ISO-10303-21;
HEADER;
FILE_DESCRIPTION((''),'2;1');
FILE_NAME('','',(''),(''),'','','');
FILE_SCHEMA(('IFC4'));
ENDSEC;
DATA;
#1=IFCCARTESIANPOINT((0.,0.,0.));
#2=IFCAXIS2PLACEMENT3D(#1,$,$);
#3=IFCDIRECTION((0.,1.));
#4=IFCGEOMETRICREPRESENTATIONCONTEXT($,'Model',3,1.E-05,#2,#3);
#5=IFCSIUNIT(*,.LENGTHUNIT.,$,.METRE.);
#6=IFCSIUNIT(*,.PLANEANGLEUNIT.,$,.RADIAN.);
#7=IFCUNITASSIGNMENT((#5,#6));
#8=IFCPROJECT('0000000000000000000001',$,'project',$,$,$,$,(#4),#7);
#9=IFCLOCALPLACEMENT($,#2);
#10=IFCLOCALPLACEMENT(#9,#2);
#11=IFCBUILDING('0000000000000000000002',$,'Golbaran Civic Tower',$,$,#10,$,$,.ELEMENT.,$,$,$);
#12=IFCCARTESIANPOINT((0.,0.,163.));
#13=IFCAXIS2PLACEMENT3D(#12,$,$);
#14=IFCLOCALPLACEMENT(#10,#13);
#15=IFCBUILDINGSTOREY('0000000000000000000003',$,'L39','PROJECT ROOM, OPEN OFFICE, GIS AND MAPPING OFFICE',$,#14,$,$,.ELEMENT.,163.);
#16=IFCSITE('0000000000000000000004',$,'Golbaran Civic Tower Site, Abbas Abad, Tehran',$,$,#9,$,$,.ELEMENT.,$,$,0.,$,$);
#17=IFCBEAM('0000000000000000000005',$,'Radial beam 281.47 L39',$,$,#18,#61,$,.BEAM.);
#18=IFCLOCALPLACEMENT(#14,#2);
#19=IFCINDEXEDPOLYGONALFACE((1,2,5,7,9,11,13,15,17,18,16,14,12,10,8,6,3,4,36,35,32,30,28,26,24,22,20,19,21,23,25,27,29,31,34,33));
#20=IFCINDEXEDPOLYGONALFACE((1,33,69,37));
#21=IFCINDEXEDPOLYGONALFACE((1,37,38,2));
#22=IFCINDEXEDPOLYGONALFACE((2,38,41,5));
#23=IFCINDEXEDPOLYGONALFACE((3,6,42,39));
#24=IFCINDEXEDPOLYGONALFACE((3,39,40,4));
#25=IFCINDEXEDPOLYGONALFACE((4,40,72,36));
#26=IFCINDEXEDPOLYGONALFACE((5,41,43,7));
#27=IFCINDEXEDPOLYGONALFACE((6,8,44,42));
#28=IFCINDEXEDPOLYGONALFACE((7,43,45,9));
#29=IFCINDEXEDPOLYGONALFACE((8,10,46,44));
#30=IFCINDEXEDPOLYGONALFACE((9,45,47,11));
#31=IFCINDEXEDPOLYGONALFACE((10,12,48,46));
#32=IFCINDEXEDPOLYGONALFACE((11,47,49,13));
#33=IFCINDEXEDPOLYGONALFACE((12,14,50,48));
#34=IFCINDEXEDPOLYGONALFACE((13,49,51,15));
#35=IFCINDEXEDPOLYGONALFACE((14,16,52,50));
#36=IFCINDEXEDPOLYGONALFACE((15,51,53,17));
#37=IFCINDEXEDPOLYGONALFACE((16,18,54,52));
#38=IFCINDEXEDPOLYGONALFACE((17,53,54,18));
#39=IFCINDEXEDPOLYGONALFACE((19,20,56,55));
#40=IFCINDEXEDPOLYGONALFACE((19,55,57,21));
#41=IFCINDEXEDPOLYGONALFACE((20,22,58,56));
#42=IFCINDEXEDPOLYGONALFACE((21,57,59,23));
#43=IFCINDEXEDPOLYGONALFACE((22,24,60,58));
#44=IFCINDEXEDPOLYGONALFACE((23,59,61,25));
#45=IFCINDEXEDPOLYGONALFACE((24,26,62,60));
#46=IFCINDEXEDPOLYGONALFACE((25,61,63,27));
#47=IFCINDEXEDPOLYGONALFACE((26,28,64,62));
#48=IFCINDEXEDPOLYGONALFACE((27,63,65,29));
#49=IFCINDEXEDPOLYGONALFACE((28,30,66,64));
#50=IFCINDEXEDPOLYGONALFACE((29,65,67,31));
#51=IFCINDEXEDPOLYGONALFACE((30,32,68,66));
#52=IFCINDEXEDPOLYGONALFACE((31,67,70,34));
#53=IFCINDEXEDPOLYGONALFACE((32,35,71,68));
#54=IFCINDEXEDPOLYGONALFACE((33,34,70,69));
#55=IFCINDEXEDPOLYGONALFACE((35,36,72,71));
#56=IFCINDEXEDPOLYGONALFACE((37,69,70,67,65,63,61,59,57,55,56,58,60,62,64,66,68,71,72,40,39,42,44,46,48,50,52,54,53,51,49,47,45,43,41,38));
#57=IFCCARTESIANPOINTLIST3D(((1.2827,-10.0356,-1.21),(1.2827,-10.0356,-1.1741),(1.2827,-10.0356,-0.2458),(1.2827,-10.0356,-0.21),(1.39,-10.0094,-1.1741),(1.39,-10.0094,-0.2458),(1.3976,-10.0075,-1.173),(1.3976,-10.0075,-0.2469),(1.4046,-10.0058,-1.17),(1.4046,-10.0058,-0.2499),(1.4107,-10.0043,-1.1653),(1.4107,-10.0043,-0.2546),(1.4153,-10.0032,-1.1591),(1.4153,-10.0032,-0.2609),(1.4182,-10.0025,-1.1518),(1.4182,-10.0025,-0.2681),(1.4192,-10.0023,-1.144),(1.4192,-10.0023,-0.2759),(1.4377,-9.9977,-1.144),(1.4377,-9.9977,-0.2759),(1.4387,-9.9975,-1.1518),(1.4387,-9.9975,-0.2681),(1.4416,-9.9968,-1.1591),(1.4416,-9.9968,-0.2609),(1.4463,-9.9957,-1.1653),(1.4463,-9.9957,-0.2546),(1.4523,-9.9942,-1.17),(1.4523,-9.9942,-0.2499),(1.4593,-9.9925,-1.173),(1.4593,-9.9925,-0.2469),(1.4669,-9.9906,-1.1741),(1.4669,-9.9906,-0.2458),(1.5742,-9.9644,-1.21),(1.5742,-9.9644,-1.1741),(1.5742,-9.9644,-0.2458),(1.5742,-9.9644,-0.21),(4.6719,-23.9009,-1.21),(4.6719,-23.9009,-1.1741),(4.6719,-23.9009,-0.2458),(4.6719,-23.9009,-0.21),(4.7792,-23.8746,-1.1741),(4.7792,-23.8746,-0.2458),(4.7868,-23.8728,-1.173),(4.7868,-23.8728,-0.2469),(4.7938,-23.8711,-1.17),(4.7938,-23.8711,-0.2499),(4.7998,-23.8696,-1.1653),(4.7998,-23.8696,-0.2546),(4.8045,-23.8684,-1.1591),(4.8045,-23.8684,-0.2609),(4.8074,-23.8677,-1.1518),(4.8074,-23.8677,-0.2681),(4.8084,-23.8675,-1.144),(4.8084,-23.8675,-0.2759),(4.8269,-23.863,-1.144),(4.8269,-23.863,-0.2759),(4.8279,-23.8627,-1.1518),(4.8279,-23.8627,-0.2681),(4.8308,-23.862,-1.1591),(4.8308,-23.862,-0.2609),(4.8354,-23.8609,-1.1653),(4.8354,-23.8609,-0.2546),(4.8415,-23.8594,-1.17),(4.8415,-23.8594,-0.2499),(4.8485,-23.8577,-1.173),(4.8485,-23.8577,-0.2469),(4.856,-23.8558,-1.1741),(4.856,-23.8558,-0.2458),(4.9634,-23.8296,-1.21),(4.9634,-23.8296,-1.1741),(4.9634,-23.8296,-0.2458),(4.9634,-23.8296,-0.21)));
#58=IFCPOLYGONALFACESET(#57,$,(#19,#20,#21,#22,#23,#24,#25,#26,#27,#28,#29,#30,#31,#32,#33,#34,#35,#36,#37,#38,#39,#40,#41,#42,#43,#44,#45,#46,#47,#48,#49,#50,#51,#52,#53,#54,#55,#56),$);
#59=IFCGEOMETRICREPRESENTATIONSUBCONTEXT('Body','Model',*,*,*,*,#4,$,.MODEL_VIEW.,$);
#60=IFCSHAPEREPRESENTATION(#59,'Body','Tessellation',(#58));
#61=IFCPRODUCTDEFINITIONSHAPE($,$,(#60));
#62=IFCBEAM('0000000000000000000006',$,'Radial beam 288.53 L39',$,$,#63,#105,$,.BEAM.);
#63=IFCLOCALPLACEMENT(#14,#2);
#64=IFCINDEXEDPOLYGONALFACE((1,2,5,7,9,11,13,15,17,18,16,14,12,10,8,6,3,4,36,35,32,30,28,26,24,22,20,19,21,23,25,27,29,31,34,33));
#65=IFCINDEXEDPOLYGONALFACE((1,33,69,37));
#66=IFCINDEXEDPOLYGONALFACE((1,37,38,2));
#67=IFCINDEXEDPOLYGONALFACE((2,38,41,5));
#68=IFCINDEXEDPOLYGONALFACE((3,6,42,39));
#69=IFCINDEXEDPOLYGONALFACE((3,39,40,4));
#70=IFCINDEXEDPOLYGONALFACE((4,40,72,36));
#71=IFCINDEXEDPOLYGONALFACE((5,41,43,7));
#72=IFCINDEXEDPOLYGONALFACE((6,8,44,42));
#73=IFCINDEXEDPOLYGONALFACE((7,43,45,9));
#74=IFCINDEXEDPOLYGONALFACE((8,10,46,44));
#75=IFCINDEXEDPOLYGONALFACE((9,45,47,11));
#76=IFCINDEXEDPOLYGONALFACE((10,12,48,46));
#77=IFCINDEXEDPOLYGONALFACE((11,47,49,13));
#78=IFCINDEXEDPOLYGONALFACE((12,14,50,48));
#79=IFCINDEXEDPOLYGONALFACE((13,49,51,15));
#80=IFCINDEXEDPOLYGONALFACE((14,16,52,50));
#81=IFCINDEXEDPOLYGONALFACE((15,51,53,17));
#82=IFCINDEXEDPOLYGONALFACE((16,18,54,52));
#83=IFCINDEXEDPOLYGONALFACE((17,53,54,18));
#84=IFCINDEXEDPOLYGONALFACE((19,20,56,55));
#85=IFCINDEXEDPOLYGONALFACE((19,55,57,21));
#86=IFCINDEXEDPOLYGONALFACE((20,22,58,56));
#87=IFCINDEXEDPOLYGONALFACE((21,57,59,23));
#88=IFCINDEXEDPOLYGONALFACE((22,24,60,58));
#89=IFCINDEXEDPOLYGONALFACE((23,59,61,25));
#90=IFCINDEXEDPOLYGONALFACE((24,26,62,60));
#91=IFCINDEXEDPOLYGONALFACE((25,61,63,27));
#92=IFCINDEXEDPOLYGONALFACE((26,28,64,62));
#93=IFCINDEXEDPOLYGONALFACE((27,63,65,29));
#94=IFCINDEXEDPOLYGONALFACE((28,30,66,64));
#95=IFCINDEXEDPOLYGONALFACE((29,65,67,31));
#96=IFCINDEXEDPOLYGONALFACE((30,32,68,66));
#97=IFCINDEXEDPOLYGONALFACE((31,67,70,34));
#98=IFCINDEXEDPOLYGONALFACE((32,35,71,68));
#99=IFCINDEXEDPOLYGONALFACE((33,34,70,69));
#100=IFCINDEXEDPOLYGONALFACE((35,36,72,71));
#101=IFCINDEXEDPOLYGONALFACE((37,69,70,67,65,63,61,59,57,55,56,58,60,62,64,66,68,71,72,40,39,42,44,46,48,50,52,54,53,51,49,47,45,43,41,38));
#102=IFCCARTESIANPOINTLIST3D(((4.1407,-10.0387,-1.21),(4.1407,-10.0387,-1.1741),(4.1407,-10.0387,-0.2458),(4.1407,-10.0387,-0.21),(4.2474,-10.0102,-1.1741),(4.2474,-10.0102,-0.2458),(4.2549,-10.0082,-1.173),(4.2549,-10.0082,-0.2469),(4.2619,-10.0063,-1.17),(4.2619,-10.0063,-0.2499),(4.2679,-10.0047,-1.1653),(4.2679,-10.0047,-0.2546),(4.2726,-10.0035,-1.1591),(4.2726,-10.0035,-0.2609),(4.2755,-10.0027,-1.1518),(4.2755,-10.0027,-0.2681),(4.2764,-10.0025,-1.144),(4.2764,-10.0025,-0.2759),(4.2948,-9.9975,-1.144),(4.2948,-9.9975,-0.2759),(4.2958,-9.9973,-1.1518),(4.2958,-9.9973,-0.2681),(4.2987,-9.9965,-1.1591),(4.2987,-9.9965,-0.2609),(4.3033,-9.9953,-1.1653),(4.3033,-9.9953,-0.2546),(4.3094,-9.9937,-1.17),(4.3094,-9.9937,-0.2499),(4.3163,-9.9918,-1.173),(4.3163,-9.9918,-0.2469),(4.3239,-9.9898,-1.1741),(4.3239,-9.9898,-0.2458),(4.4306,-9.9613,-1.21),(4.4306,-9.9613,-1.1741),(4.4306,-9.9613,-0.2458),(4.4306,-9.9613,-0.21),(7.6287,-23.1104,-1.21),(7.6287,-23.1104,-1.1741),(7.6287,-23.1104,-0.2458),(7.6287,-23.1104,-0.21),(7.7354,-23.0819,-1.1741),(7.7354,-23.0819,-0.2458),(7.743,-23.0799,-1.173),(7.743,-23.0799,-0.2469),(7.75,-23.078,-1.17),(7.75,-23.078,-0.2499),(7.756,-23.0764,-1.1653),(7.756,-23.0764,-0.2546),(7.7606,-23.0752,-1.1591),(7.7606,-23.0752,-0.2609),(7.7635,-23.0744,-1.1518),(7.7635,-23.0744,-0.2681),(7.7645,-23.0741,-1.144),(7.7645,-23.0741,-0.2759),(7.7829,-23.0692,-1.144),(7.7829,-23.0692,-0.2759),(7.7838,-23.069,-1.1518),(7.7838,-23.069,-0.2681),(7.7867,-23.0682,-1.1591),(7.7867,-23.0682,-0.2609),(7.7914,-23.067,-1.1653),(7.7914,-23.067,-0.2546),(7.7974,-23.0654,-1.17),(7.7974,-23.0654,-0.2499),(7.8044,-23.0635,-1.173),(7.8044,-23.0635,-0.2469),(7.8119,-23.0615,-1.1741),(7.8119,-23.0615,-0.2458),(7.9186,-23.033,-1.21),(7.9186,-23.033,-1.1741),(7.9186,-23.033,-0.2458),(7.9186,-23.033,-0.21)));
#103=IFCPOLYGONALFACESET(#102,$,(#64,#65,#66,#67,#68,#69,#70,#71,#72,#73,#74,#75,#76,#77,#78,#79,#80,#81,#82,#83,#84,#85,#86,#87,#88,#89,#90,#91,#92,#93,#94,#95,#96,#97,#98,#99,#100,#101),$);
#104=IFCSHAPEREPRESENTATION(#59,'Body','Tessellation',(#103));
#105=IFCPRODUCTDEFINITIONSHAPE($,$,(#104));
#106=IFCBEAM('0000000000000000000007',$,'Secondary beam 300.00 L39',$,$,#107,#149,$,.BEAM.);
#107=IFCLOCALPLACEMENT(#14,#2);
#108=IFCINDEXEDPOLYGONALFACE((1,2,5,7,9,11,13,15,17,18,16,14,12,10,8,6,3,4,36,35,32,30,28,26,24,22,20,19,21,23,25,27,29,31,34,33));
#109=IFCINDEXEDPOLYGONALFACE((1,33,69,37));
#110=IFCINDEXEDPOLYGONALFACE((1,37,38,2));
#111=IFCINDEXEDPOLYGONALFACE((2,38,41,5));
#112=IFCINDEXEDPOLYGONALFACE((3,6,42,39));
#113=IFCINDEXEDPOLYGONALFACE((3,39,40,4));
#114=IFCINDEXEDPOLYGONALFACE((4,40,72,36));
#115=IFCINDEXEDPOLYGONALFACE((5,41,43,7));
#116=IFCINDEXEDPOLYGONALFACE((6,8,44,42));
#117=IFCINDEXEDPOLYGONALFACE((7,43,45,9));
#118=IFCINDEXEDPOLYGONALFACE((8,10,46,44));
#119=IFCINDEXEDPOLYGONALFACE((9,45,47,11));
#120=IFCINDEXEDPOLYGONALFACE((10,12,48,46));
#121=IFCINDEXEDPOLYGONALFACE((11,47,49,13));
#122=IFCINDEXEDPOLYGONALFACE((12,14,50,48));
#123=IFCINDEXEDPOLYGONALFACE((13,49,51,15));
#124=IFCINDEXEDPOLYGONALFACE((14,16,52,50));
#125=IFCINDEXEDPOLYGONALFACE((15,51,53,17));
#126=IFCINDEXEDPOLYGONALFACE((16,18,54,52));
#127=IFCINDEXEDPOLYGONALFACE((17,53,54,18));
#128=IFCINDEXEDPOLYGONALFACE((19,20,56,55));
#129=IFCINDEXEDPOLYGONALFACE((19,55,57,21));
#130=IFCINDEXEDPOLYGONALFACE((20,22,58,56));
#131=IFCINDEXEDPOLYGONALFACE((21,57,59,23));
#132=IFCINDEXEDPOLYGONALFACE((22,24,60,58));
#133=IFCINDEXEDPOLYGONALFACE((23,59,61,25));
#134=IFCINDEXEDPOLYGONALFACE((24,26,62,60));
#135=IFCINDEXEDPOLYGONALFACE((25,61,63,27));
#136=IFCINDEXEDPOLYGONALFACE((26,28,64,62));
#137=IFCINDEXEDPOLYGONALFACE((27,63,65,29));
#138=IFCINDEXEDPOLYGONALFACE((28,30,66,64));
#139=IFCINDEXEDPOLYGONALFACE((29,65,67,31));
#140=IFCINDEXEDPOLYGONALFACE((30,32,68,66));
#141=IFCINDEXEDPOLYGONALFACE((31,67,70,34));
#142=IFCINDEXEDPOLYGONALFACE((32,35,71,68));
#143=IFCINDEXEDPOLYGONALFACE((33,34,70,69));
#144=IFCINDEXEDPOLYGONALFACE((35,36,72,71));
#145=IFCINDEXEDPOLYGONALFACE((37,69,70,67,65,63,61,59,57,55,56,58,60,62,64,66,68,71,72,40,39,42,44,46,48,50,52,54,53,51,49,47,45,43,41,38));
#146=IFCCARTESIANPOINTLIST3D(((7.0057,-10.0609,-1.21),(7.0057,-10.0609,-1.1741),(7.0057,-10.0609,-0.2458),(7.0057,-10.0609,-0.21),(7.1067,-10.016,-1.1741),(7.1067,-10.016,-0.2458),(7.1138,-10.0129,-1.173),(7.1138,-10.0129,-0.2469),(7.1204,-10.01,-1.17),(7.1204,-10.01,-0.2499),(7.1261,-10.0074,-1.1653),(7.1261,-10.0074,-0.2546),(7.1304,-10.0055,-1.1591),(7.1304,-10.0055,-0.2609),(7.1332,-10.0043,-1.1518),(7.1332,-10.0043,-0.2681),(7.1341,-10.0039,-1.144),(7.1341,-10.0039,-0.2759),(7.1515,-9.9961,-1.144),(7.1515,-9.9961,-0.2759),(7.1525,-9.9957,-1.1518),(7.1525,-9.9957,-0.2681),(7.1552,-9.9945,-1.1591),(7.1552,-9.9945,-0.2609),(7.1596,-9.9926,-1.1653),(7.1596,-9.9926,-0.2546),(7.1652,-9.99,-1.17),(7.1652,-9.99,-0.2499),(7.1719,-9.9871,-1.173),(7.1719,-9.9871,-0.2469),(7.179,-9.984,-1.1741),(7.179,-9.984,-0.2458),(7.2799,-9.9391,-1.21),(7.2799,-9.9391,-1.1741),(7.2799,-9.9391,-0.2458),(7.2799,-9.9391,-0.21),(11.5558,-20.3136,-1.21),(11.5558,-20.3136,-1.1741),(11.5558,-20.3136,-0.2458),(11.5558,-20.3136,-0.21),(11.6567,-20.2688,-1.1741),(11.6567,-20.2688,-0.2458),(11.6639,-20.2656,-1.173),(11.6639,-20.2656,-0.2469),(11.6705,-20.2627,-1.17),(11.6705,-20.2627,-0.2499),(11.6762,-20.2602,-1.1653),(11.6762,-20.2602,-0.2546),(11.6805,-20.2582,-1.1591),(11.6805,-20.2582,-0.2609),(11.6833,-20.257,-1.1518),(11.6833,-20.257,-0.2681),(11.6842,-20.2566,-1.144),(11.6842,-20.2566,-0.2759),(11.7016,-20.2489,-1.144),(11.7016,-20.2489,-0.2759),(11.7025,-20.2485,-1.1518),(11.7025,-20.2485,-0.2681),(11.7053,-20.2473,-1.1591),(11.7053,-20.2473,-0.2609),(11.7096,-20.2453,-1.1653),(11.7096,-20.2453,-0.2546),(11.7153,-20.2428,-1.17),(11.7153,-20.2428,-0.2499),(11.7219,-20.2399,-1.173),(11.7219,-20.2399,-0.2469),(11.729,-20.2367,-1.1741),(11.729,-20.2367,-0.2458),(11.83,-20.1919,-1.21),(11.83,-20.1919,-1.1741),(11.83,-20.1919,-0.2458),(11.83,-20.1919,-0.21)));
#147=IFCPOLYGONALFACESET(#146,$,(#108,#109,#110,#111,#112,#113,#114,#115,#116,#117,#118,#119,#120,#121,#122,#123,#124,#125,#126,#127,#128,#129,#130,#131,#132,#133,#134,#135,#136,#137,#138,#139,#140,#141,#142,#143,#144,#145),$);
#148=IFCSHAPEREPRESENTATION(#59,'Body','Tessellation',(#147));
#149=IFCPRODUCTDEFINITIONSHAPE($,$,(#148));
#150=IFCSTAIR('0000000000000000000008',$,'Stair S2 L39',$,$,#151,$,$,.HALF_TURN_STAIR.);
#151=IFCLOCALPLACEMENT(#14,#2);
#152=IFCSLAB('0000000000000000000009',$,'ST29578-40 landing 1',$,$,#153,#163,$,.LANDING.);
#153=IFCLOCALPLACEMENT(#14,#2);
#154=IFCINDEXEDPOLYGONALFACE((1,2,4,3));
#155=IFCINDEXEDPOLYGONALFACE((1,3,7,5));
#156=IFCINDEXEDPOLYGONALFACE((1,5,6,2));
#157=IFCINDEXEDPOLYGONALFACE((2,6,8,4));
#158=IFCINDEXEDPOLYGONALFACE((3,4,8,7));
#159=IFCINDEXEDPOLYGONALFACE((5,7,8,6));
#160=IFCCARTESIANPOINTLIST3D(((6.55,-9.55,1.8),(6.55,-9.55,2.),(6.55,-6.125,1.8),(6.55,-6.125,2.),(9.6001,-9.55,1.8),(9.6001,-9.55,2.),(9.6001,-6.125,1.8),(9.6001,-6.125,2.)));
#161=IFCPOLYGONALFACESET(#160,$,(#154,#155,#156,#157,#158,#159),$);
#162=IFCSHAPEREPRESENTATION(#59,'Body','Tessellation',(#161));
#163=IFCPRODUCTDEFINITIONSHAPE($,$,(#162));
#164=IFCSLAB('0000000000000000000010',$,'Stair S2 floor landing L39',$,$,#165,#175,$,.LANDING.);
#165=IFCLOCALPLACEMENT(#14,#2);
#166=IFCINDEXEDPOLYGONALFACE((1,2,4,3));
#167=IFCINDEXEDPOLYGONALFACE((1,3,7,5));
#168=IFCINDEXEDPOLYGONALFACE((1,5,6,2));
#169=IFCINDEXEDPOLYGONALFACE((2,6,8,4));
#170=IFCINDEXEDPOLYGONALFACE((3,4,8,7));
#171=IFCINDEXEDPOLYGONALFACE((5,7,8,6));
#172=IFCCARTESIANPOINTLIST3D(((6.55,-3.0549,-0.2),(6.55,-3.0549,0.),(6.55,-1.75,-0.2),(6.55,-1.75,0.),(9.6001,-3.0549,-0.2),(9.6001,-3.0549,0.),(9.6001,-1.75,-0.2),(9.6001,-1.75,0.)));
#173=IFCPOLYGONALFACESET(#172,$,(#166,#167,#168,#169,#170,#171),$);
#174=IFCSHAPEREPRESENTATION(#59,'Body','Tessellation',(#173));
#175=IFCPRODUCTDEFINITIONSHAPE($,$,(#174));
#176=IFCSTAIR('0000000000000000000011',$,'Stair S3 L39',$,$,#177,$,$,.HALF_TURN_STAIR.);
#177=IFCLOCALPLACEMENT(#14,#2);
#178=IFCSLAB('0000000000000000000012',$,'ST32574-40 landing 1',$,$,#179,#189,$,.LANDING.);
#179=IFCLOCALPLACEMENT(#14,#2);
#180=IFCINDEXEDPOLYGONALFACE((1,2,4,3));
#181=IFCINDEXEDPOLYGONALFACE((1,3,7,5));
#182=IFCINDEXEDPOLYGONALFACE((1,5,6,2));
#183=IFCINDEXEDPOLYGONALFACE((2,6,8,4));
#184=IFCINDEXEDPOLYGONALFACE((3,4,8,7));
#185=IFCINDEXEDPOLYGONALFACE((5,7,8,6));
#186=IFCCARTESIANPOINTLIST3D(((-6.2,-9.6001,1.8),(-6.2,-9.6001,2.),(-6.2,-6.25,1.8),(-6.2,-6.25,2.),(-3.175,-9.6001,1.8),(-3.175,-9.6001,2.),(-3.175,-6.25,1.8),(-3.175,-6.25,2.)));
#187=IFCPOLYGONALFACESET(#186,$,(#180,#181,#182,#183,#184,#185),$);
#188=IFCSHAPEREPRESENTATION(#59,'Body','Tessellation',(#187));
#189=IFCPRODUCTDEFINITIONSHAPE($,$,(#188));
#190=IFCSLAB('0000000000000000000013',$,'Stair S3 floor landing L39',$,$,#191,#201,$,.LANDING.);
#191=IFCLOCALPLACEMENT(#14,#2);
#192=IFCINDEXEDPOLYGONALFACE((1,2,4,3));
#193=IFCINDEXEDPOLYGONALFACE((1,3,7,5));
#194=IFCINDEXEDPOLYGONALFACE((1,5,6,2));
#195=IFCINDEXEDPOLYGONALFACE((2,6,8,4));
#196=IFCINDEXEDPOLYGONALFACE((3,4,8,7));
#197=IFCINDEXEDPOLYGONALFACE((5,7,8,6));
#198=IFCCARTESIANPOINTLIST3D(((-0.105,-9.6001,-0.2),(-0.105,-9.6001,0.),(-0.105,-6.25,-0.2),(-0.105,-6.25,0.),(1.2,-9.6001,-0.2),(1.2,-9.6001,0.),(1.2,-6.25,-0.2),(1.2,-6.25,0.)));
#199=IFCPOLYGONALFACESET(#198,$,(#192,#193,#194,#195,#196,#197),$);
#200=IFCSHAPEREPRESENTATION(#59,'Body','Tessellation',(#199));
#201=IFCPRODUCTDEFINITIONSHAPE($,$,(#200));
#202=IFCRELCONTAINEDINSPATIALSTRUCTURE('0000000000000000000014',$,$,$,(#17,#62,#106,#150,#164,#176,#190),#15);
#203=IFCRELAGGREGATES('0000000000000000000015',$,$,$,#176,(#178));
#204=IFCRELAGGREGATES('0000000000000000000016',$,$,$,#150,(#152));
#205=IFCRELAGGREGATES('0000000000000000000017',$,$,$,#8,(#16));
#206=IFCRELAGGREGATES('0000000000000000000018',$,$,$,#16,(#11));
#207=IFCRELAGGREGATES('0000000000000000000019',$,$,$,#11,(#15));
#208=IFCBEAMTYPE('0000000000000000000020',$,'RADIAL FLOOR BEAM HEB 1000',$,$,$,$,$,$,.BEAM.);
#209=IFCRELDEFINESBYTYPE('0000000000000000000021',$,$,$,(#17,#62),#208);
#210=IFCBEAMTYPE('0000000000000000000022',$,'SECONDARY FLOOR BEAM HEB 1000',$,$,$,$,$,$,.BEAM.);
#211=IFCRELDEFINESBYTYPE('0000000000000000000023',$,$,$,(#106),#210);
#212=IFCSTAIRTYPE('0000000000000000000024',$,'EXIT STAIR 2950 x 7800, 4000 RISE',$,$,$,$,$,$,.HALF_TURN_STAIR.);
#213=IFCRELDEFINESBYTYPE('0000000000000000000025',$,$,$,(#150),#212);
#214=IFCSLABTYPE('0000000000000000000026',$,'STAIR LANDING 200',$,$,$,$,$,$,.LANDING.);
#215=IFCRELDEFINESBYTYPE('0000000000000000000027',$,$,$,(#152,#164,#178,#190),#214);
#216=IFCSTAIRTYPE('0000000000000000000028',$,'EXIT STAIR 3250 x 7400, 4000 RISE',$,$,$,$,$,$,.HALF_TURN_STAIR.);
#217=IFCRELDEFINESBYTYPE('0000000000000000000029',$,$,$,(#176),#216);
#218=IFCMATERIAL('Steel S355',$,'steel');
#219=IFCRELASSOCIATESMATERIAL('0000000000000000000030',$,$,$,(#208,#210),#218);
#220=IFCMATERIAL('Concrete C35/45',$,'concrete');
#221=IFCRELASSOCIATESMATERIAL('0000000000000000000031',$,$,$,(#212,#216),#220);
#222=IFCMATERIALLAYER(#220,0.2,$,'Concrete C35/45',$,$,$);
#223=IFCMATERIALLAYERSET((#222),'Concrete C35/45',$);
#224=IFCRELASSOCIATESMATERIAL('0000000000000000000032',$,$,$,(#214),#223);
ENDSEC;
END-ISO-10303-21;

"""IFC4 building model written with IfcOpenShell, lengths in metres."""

from ifc_helpers import new_model, si_unit, direction, frame, origin, origin_2d, place, context, subcontext, project, spatial, polyline, i_section, outline, extrude, material, layer, layer_set, material_profile, profile_set, type_object, element, aggregate, save


model = new_model("IFC4")

# Units and contexts
model_context = context("Model", 3, precision=1e-05, world=origin(), true_north=direction((0.0, 1.0)))
body_context = subcontext(model_context, "Body", "Model", "MODEL_VIEW")
ifc_project = project(units=[si_unit("LENGTHUNIT", "METRE"), si_unit("PLANEANGLEUNIT", "RADIAN")], contexts=[model_context])

# Site, building, storey
site_placement = place(None, origin())
site = spatial("IfcSite", under=ifc_project, at=site_placement, Name="Golbaran Civic Tower Site, Abbas Abad, Tehran", CompositionType="ELEMENT", RefElevation=0.0)
building_placement = place(site_placement, origin())
building = spatial("IfcBuilding", under=site, at=building_placement, Name="Golbaran Civic Tower", CompositionType="ELEMENT")
storey_placement = place(building_placement, frame((0.0, 0.0, 163.0)))
storey = spatial("IfcBuildingStorey", under=building, at=storey_placement, Name="L39", Description="PROJECT ROOM, OPEN OFFICE, GIS AND MAPPING OFFICE", CompositionType="ELEMENT", Elevation=163.0)

# Beams
ifc_material_1 = material(Name="Steel S355", Category="steel")
ifc_material_profile_1 = material_profile(ifc_material_1, i_section(OverallWidth=0.3, OverallDepth=1.0, WebThickness=0.019, FlangeThickness=0.0359, FilletRadius=0.03, at=origin_2d()), Name="HEB 1000")
ifc_profile_set_1 = profile_set([ifc_material_profile_1], Name="Steel S355")
beam_type_1 = type_object("IfcBeamType", Name="RADIAL FLOOR BEAM HEB 1000", PredefinedType="BEAM", material=ifc_profile_set_1)
beam_1_placement = place(storey_placement, frame((1.4285, -10.0, -0.71), z_axis=(0.237445, -0.971401, 0.0), x_axis=(0.971401, 0.237445, 0.0)))
element("IfcBeam", 1, at=beam_1_placement, inside=storey, type_object=beam_type_1, Name="Radial beam 281.47 L39", PredefinedType="BEAM", context=body_context, shape_type="SweptSolid", body=[
    extrude(i_section(OverallWidth=0.3, OverallDepth=1.0, WebThickness=0.019, FlangeThickness=0.0359, FilletRadius=0.03, at=origin_2d()), origin(), (0.0, 0.0, 1.0), 14.2734),
])
beam_2_placement = place(storey_placement, frame((4.2856, -10.0, -0.71), z_axis=(0.257817, -0.966194, 0.0), x_axis=(0.966194, 0.257817, 0.0)))
element("IfcBeam", 2, at=beam_2_placement, inside=storey, type_object=beam_type_1, Name="Radial beam 288.53 L39", PredefinedType="BEAM", context=body_context, shape_type="SweptSolid", body=[
    extrude(i_section(OverallWidth=0.3, OverallDepth=1.0, WebThickness=0.019, FlangeThickness=0.0359, FilletRadius=0.03, at=origin_2d()), origin(), (0.0, 0.0, 1.0), 13.5291),
])
ifc_material_profile_2 = material_profile(ifc_material_1, i_section(OverallWidth=0.3, OverallDepth=1.0, WebThickness=0.019, FlangeThickness=0.0359, FilletRadius=0.03, at=origin_2d()), Name="HEB 1000")
ifc_profile_set_2 = profile_set([ifc_material_profile_2], Name="Steel S355")
beam_type_2 = type_object("IfcBeamType", Name="SECONDARY FLOOR BEAM HEB 1000", PredefinedType="BEAM", material=ifc_profile_set_2)
beam_3_placement = place(storey_placement, frame((7.1428, -10.0, -0.71), z_axis=(0.40564, -0.914033, 0.0), x_axis=(0.914033, 0.40564, 0.0)))
element("IfcBeam", 3, at=beam_3_placement, inside=storey, type_object=beam_type_2, Name="Secondary beam 300.00 L39", PredefinedType="BEAM", context=body_context, shape_type="SweptSolid", body=[
    extrude(i_section(OverallWidth=0.3, OverallDepth=1.0, WebThickness=0.019, FlangeThickness=0.0359, FilletRadius=0.03, at=origin_2d()), origin(), (0.0, 0.0, 1.0), 11.217),
])

# Stair, slab
ifc_material_2 = material(Name="Concrete C35/45", Category="concrete")
stair_type_1 = type_object("IfcStairType", Name="EXIT STAIR 2950 x 7800, 4000 RISE", PredefinedType="HALF_TURN_STAIR", material=ifc_material_2)
stair_1_placement = place(storey_placement, origin())
stair_1 = element("IfcStair", 4, at=stair_1_placement, inside=storey, type_object=stair_type_1, Name="Stair S2 L39", PredefinedType="HALF_TURN_STAIR")
ifc_layer_1 = layer(ifc_material_2, 0.2, Name="Concrete C35/45")
ifc_layer_set_1 = layer_set([ifc_layer_1], Name="Concrete C35/45")
slab_type = type_object("IfcSlabType", Name="STAIR LANDING 200", PredefinedType="LANDING", material=ifc_layer_set_1)
slab_1_placement = place(storey_placement, frame((0.0, 0.0, 1.8)))
slab_1 = element("IfcSlab", 5, at=slab_1_placement, type_object=slab_type, Name="ST29578-40 landing 1", PredefinedType="LANDING", context=body_context, shape_type="SweptSolid", body=[
    extrude(outline(polyline([(9.6001, -6.125), (9.6001, -9.55), (6.55, -9.55), (6.55, -6.125), (9.6001, -6.125)])), origin(), (0.0, 0.0, 1.0), 0.2),
])

# Slab
slab_2_placement = place(storey_placement, frame((0.0, 0.0, -0.2)))
element("IfcSlab", 6, at=slab_2_placement, inside=storey, type_object=slab_type, Name="Stair S2 floor landing L39", PredefinedType="LANDING", context=body_context, shape_type="SweptSolid", body=[
    extrude(outline(polyline([(9.6001, -1.75), (9.6001, -3.0549), (6.55, -3.0549), (6.55, -1.75), (9.6001, -1.75)])), origin(), (0.0, 0.0, 1.0), 0.2),
])

# Stair, slab
stair_type_2 = type_object("IfcStairType", Name="EXIT STAIR 3250 x 7400, 4000 RISE", PredefinedType="HALF_TURN_STAIR", material=ifc_material_2)
stair_2_placement = place(storey_placement, origin())
stair_2 = element("IfcStair", 7, at=stair_2_placement, inside=storey, type_object=stair_type_2, Name="Stair S3 L39", PredefinedType="HALF_TURN_STAIR")
slab_3_placement = place(storey_placement, frame((0.0, 0.0, 1.8)))
slab_3 = element("IfcSlab", 8, at=slab_3_placement, type_object=slab_type, Name="ST32574-40 landing 1", PredefinedType="LANDING", context=body_context, shape_type="SweptSolid", body=[
    extrude(outline(polyline([(-3.175, -9.6001), (-6.2, -9.6001), (-6.2, -6.25), (-3.175, -6.25), (-3.175, -9.6001)])), origin(), (0.0, 0.0, 1.0), 0.2),
])
aggregate(stair_2, [slab_3])

# Slab
slab_4_placement = place(storey_placement, frame((0.0, 0.0, -0.2)))
element("IfcSlab", 9, at=slab_4_placement, inside=storey, type_object=slab_type, Name="Stair S3 floor landing L39", PredefinedType="LANDING", context=body_context, shape_type="SweptSolid", body=[
    extrude(outline(polyline([(1.2, -9.6001), (-0.105, -9.6001), (-0.105, -6.25), (1.2, -6.25), (1.2, -9.6001)])), origin(), (0.0, 0.0, 1.0), 0.2),
])

aggregate(stair_1, [slab_1])

save(model, "model.ifc")
